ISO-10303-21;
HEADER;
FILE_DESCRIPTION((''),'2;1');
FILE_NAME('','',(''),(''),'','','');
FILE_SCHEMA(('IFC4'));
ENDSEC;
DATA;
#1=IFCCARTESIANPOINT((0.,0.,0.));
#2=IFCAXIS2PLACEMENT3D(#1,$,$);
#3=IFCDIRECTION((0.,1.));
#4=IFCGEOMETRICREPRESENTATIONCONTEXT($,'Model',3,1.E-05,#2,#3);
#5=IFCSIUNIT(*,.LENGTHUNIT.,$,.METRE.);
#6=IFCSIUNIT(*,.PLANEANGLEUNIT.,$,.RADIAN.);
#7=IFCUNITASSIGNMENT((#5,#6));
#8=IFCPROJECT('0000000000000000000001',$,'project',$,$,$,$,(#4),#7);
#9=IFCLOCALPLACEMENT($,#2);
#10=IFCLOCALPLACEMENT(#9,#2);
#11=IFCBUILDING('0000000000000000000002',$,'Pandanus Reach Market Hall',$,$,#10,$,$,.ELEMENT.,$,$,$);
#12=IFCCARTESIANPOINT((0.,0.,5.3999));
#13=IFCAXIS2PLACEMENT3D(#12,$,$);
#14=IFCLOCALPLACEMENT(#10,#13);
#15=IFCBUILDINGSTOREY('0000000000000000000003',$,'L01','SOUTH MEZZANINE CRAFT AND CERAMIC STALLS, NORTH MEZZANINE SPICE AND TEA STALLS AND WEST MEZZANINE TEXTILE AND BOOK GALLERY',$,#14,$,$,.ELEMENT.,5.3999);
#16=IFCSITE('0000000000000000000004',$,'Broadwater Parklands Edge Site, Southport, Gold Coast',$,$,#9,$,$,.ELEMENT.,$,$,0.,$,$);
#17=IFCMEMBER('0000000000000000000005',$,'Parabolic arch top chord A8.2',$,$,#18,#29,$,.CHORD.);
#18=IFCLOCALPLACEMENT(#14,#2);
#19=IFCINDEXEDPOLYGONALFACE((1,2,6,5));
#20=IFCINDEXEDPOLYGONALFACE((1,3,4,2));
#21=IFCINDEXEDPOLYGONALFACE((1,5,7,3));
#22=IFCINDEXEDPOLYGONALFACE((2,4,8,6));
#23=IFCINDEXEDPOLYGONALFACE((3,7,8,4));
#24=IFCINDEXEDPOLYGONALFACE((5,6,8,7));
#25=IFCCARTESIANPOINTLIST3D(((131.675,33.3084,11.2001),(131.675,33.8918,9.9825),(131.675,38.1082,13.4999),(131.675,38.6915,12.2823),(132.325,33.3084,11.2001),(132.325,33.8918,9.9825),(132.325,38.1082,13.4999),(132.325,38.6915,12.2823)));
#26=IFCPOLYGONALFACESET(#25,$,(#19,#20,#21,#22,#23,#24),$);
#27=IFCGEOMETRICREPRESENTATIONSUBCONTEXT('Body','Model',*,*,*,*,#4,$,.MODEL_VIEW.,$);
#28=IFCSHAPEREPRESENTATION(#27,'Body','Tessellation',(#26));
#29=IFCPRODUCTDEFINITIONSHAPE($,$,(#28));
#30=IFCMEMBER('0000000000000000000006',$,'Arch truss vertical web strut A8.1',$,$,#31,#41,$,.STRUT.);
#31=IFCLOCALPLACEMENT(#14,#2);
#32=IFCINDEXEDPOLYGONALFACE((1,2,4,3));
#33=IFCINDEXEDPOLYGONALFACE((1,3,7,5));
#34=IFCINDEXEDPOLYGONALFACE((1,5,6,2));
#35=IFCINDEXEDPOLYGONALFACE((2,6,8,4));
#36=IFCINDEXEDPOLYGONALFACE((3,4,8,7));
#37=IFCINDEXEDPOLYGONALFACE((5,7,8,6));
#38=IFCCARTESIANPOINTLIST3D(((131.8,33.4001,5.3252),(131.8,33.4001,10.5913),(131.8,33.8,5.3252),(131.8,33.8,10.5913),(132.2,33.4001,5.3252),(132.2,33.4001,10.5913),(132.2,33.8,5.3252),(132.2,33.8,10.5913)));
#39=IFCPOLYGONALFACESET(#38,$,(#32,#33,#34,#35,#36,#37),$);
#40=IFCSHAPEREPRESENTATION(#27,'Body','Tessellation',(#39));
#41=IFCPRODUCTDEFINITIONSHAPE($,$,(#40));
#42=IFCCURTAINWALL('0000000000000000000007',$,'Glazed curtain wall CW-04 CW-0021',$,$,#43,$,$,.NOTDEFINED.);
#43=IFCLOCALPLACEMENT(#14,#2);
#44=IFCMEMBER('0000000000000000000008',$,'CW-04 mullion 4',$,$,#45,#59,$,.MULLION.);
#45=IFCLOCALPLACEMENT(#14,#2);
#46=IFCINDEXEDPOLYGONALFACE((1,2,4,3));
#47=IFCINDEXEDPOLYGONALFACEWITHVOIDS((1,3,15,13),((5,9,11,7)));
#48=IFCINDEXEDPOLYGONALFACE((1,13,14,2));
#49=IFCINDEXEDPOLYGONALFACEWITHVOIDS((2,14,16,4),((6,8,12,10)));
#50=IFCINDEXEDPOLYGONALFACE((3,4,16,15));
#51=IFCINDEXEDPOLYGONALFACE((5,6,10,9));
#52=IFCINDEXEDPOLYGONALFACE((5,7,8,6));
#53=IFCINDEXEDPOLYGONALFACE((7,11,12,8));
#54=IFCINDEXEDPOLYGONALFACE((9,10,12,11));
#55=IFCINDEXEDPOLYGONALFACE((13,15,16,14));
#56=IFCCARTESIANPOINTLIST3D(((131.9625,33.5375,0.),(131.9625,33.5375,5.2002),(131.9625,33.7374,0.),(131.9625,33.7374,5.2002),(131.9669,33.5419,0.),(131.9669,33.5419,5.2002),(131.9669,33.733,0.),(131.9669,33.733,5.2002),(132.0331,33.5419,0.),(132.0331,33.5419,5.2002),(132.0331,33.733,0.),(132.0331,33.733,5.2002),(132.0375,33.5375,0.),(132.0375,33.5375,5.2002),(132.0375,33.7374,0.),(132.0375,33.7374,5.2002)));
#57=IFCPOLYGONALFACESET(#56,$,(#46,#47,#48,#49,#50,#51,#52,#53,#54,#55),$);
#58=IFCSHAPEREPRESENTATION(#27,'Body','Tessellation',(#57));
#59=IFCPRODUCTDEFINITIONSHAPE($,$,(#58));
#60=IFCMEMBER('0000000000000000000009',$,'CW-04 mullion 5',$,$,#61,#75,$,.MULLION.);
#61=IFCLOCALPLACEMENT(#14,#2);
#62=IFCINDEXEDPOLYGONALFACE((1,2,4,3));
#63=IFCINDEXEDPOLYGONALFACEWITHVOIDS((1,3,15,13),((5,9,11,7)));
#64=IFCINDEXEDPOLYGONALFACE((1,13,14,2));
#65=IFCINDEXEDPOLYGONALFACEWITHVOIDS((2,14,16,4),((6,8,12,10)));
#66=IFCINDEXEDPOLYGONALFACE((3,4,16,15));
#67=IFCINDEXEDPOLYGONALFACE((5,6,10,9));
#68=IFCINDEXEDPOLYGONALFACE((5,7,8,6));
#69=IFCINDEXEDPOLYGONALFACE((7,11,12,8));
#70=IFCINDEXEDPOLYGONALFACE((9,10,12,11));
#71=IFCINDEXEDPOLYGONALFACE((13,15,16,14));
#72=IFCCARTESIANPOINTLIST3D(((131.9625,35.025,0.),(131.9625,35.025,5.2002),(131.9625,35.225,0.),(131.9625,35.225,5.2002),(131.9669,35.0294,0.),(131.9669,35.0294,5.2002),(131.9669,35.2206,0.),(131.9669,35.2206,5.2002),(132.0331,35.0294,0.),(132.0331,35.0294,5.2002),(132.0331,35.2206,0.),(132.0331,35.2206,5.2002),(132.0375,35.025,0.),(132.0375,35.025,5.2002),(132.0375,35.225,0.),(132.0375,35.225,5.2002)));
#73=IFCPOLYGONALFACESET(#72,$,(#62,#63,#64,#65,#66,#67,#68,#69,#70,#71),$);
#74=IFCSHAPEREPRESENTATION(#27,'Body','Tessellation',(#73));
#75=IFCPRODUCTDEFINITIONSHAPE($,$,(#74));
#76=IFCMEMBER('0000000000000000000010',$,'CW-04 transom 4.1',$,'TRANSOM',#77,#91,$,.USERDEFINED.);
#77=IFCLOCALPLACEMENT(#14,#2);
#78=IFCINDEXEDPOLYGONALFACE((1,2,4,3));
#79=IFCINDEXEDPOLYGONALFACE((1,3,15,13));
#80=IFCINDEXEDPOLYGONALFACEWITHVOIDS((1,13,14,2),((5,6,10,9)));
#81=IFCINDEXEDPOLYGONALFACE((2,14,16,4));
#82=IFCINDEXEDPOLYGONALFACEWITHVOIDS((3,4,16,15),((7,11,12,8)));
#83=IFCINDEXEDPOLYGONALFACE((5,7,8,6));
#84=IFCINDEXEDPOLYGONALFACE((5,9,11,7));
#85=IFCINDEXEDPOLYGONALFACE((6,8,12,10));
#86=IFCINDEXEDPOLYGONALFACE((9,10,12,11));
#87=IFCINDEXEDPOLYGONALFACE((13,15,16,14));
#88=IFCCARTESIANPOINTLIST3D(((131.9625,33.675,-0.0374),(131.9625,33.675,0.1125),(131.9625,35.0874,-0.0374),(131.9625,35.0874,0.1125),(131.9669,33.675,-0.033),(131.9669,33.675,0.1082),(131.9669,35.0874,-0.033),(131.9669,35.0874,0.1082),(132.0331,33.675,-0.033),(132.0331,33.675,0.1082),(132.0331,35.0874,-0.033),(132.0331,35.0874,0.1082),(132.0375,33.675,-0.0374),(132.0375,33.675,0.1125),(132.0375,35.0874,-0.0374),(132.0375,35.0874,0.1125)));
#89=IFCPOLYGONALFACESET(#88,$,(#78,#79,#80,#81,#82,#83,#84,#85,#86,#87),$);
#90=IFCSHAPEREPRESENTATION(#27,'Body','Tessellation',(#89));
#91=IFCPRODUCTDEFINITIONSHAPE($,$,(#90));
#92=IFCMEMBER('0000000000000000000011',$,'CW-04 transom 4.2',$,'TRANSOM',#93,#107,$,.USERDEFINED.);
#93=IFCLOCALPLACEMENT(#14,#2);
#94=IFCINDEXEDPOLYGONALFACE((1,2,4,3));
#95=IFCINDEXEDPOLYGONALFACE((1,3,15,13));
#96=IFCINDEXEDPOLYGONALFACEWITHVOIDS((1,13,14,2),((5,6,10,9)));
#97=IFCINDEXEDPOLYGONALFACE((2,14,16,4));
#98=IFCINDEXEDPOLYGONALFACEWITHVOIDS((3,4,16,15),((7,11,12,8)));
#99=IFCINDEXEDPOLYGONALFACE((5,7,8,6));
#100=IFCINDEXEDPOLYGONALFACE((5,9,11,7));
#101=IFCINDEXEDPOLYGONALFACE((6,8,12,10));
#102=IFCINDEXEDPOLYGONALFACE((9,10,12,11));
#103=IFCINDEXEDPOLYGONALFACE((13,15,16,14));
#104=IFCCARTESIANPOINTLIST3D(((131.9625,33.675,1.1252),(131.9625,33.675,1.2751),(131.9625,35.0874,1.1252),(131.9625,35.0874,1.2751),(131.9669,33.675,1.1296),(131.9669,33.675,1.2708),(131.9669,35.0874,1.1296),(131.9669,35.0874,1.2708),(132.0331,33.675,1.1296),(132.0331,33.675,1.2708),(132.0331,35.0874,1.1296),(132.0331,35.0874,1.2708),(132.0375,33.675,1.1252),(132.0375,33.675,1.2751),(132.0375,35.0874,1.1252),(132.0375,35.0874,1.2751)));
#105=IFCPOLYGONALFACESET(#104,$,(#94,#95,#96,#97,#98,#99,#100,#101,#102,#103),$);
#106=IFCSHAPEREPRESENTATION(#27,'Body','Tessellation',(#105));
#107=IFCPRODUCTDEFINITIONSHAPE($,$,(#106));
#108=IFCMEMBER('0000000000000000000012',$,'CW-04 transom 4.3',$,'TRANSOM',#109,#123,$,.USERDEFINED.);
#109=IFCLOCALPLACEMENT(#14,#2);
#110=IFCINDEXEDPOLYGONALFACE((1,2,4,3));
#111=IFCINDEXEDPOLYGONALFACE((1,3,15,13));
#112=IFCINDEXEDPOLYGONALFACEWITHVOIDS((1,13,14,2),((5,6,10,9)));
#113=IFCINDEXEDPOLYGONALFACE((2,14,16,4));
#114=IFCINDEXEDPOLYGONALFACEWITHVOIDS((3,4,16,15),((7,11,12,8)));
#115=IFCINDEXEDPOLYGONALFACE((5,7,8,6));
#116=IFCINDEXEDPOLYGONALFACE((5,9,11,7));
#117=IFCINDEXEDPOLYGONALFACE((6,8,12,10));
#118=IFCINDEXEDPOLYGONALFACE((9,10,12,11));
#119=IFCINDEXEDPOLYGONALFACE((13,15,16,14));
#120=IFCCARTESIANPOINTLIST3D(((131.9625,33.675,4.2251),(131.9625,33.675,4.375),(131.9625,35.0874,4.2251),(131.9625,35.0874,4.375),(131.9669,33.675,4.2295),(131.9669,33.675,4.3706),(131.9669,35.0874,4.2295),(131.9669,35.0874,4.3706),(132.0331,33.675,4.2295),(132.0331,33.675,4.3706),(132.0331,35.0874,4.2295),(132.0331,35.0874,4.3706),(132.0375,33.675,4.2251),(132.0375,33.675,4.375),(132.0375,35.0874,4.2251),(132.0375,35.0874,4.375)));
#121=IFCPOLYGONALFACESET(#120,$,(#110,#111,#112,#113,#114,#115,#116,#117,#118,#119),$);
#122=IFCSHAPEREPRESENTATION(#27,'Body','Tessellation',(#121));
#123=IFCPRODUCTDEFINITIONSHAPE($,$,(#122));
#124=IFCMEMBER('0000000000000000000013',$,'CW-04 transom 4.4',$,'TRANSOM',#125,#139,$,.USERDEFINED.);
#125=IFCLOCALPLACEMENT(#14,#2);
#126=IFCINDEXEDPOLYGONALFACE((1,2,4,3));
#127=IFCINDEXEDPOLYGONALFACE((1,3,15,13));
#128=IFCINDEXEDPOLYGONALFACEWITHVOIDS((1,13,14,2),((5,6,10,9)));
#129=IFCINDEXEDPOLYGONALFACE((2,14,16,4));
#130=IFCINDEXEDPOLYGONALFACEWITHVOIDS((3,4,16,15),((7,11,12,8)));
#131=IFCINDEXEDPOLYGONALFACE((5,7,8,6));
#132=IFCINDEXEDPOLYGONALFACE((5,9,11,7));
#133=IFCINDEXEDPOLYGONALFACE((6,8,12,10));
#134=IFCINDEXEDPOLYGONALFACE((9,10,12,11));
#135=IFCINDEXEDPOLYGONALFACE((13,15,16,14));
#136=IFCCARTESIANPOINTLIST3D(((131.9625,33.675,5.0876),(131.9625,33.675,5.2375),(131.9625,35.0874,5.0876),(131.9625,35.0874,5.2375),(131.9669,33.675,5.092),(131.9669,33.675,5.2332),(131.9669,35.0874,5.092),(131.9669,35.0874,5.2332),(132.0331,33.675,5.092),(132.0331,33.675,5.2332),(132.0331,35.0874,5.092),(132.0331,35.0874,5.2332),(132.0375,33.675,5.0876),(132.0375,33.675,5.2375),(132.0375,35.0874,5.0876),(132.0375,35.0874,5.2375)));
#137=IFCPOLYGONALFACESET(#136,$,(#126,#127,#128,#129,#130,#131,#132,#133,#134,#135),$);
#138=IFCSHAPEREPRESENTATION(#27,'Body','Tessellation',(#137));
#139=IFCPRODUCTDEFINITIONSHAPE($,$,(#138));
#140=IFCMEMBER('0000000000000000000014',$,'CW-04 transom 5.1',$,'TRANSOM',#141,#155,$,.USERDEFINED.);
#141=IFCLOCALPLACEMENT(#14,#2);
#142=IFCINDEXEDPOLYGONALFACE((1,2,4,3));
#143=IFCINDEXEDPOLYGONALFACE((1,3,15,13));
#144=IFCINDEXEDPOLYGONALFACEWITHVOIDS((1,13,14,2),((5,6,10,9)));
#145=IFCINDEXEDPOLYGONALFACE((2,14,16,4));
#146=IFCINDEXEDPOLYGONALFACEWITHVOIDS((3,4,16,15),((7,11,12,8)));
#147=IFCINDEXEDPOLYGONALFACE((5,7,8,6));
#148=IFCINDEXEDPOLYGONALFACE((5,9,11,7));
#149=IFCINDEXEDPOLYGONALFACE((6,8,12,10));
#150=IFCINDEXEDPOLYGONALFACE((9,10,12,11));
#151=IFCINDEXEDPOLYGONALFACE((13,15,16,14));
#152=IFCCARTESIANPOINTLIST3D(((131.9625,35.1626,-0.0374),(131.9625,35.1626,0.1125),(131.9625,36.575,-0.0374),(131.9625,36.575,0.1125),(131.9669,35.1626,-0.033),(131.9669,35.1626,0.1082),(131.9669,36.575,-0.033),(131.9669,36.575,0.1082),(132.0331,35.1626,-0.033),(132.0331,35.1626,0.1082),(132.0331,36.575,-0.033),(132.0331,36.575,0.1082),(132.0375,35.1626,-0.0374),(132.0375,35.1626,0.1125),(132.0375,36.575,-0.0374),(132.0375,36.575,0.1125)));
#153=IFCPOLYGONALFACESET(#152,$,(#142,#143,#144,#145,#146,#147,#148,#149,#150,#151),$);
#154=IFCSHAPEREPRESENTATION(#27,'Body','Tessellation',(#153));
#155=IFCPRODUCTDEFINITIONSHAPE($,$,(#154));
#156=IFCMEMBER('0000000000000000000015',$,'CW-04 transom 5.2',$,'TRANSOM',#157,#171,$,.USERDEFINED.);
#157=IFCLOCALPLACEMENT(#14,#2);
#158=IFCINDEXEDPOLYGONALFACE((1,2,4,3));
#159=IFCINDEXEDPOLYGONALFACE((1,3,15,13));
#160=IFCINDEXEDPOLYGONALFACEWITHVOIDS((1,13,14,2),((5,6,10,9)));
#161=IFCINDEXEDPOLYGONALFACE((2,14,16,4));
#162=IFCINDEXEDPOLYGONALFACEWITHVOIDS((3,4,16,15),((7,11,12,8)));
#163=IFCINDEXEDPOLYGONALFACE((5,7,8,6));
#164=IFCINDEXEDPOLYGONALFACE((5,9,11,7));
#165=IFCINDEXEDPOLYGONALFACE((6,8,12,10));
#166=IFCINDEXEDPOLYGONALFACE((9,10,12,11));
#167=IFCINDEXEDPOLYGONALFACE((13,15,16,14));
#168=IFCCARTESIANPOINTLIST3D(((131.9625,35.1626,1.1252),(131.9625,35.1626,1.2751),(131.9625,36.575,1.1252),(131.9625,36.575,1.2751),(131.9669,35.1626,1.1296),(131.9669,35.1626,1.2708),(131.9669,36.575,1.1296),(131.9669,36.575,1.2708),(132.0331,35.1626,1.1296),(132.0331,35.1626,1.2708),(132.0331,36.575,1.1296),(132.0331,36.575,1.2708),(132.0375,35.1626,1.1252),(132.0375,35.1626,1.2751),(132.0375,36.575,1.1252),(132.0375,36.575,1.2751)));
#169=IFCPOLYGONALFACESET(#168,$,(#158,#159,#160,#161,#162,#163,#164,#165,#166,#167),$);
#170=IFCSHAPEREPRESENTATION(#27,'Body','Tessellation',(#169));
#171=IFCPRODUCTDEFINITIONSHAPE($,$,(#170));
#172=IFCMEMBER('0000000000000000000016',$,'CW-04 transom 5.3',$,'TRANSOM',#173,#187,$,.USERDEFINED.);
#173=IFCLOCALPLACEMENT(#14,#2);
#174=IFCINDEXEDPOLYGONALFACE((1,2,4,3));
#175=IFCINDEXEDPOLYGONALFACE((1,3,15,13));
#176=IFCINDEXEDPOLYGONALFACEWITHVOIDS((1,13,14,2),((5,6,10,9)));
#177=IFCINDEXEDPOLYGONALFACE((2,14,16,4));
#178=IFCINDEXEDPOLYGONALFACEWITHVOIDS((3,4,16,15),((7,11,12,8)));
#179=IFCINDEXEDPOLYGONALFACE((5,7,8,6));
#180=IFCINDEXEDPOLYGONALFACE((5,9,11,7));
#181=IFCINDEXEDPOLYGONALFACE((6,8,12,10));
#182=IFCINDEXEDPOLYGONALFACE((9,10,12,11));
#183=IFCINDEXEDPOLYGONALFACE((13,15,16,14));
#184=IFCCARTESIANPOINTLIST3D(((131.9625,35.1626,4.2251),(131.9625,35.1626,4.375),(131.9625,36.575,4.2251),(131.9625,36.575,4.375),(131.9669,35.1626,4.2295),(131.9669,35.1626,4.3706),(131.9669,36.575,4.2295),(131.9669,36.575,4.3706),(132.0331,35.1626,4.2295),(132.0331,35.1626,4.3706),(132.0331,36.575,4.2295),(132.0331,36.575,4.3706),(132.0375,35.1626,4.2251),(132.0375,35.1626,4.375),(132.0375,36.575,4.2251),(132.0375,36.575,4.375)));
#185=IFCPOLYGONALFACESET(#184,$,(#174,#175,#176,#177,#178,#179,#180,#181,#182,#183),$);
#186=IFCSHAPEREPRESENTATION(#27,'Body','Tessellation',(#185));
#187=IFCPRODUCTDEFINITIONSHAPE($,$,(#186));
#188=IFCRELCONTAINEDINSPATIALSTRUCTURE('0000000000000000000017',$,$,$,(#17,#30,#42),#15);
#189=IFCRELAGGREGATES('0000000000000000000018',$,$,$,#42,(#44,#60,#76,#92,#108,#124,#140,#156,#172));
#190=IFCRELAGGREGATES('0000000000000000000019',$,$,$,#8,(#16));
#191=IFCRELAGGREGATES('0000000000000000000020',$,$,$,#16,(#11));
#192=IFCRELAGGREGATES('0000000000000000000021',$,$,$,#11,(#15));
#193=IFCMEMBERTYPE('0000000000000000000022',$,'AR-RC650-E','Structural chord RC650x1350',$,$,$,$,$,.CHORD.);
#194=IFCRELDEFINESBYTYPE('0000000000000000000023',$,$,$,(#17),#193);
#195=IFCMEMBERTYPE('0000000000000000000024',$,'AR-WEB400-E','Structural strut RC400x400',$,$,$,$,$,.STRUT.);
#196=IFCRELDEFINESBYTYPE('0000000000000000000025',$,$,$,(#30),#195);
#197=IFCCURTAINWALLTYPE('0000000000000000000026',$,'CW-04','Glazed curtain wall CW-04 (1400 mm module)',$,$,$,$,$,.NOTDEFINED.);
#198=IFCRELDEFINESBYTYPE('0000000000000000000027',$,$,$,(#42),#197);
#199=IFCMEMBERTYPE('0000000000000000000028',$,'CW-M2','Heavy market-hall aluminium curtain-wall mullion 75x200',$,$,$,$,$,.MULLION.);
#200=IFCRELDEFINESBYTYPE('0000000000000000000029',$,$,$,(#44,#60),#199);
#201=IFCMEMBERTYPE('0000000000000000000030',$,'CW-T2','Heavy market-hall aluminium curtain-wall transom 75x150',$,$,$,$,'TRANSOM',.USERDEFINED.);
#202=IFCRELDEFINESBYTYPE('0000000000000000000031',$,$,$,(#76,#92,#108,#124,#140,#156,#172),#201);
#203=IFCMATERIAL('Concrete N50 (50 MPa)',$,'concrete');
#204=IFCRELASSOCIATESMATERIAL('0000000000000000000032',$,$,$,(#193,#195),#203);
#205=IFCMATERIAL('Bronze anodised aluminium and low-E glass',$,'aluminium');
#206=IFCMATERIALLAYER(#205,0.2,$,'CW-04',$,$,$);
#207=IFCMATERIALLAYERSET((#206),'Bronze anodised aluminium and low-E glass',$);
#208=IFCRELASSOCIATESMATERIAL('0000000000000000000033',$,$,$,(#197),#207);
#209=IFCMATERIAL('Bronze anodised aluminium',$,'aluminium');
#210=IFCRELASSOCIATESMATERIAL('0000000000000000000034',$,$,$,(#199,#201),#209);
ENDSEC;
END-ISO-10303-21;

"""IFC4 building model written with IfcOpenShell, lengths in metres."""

from ifc_helpers import new_model, si_unit, direction, frame, origin, origin_2d, place, context, subcontext, project, spatial, rectangle, hollow_rectangle, extrude, material, layer, layer_set, material_profile, profile_set, type_object, element, aggregate, save


model = new_model("IFC4")

# Units and contexts
model_context = context("Model", 3, precision=1e-05, world=origin(), true_north=direction((0.0, 1.0)))
body_context = subcontext(model_context, "Body", "Model", "MODEL_VIEW")
ifc_project = project(units=[si_unit("LENGTHUNIT", "METRE"), si_unit("PLANEANGLEUNIT", "RADIAN")], contexts=[model_context])

# Site, building, storey
site_placement = place(None, origin())
site = spatial("IfcSite", under=ifc_project, at=site_placement, Name="Broadwater Parklands Edge Site, Southport, Gold Coast", CompositionType="ELEMENT", RefElevation=0.0)
building_placement = place(site_placement, origin())
building = spatial("IfcBuilding", under=site, at=building_placement, Name="Pandanus Reach Market Hall", CompositionType="ELEMENT")
storey_placement = place(building_placement, frame((0.0, 0.0, 5.3999)))
storey = spatial("IfcBuildingStorey", under=building, at=storey_placement, Name="L01", Description="SOUTH MEZZANINE CRAFT AND CERAMIC STALLS, NORTH MEZZANINE SPICE AND TEA STALLS AND WEST MEZZANINE TEXTILE AND BOOK GALLERY", CompositionType="ELEMENT", Elevation=5.3999)

# Members
ifc_material_1 = material(Name="Concrete N50 (50 MPa)", Category="concrete")
ifc_material_profile_1 = material_profile(ifc_material_1, rectangle(XDim=0.6499, YDim=1.3501, at=origin_2d()), Name="RC650x1350", Category="LoadBearing")
ifc_profile_set_1 = profile_set([ifc_material_profile_1], Name="Concrete N50 (50 MPa)")
member_type_1 = type_object("IfcMemberType", Name="AR-RC650-E", Description="Structural chord RC650x1350", PredefinedType="CHORD", material=ifc_profile_set_1)
member_1_placement = place(storey_placement, frame((132.0, 33.6001, 10.5913), z_axis=(0.0, 0.901823, 0.432105), x_axis=(-1.0, 0.0, 0.0)))
element("IfcMember", 1, at=member_1_placement, inside=storey, type_object=member_type_1, Name="Parabolic arch top chord A8.2", PredefinedType="CHORD", context=body_context, shape_type="SweptSolid", body=[
    extrude(rectangle(XDim=0.6499, YDim=1.3501, at=origin_2d()), origin(), (0.0, 0.0, 1.0), 5.3223),
])
ifc_material_profile_2 = material_profile(ifc_material_1, rectangle(XDim=0.3999, YDim=0.3999, at=origin_2d()), Name="RC400x400", Category="LoadBearing")
ifc_profile_set_2 = profile_set([ifc_material_profile_2], Name="Concrete N50 (50 MPa)")
member_type_2 = type_object("IfcMemberType", Name="AR-WEB400-E", Description="Structural strut RC400x400", PredefinedType="STRUT", material=ifc_profile_set_2)
member_2_placement = place(storey_placement, frame((132.0, 33.6001, 5.3252), z_axis=(0.0, 0.0, 1.0), x_axis=(1.0, 0.0, 0.0)))
element("IfcMember", 2, at=member_2_placement, inside=storey, type_object=member_type_2, Name="Arch truss vertical web strut A8.1", PredefinedType="STRUT", context=body_context, shape_type="SweptSolid", body=[
    extrude(rectangle(XDim=0.3999, YDim=0.3999, at=origin_2d()), origin(), (0.0, 0.0, 1.0), 5.2661),
])

# Curtain wall, members
ifc_material_2 = material(Name="Bronze anodised aluminium and low-E glass", Category="aluminium")
ifc_layer_1 = layer(ifc_material_2, 0.2, Name="CW-04")
ifc_layer_set_1 = layer_set([ifc_layer_1], Name="Bronze anodised aluminium and low-E glass")
curtain_wall_type = type_object("IfcCurtainWallType", Name="CW-04", Description="Glazed curtain wall CW-04 (1400 mm module)", PredefinedType="NOTDEFINED", material=ifc_layer_set_1)
curtain_wall_placement = place(storey_placement, origin())
curtain_wall = element("IfcCurtainWall", 3, at=curtain_wall_placement, inside=storey, type_object=curtain_wall_type, Name="Glazed curtain wall CW-04 CW-0021", PredefinedType="NOTDEFINED")
ifc_material_3 = material(Name="Bronze anodised aluminium", Category="aluminium")
ifc_material_profile_3 = material_profile(ifc_material_3, hollow_rectangle(XDim=0.075, YDim=0.2, WallThickness=0.0044, at=origin_2d()), Name="ALU75x200", Category="LoadBearing")
ifc_profile_set_3 = profile_set([ifc_material_profile_3], Name="Bronze anodised aluminium")
member_type_3 = type_object("IfcMemberType", Name="CW-M2", Description="Heavy market-hall aluminium curtain-wall mullion 75x200", PredefinedType="MULLION", material=ifc_profile_set_3)
member_3_placement = place(storey_placement, frame((132.0, 33.6375, 0.0), z_axis=(0.0, 0.0, 1.0), x_axis=(-1.0, 0.0, 0.0)))
member_3 = element("IfcMember", 4, at=member_3_placement, type_object=member_type_3, Name="CW-04 mullion 4", PredefinedType="MULLION", context=body_context, shape_type="SweptSolid", body=[
    extrude(hollow_rectangle(XDim=0.075, YDim=0.2, WallThickness=0.0044, at=origin_2d()), origin(), (0.0, 0.0, 1.0), 5.2002),
])
member_4_placement = place(storey_placement, frame((132.0, 35.125, 0.0), z_axis=(0.0, 0.0, 1.0), x_axis=(-1.0, 0.0, 0.0)))
member_4 = element("IfcMember", 5, at=member_4_placement, type_object=member_type_3, Name="CW-04 mullion 5", PredefinedType="MULLION", context=body_context, shape_type="SweptSolid", body=[
    extrude(hollow_rectangle(XDim=0.075, YDim=0.2, WallThickness=0.0044, at=origin_2d()), origin(), (0.0, 0.0, 1.0), 5.2002),
])
ifc_material_profile_4 = material_profile(ifc_material_3, hollow_rectangle(XDim=0.075, YDim=0.1499, WallThickness=0.0044, at=origin_2d()), Name="ALU75x150", Category="LoadBearing")
ifc_profile_set_4 = profile_set([ifc_material_profile_4], Name="Bronze anodised aluminium")
member_type_4 = type_object("IfcMemberType", Name="CW-T2", Description="Heavy market-hall aluminium curtain-wall transom 75x150", ElementType="TRANSOM", PredefinedType="USERDEFINED", material=ifc_profile_set_4)
member_5_placement = place(storey_placement, frame((132.0, 33.675, 0.0376), z_axis=(0.0, 1.0, 0.0), x_axis=(-1.0, 0.0, 0.0)))
member_5 = element("IfcMember", 6, at=member_5_placement, type_object=member_type_4, Name="CW-04 transom 4.1", ObjectType="TRANSOM", PredefinedType="USERDEFINED", context=body_context, shape_type="SweptSolid", body=[
    extrude(hollow_rectangle(XDim=0.075, YDim=0.1499, WallThickness=0.0044, at=origin_2d()), origin(), (0.0, 0.0, 1.0), 1.4124),
])
member_6_placement = place(storey_placement, frame((132.0, 33.675, 1.2002), z_axis=(0.0, 1.0, 0.0), x_axis=(-1.0, 0.0, 0.0)))
member_6 = element("IfcMember", 7, at=member_6_placement, type_object=member_type_4, Name="CW-04 transom 4.2", ObjectType="TRANSOM", PredefinedType="USERDEFINED", context=body_context, shape_type="SweptSolid", body=[
    extrude(hollow_rectangle(XDim=0.075, YDim=0.1499, WallThickness=0.0044, at=origin_2d()), origin(), (0.0, 0.0, 1.0), 1.4124),
])
member_7_placement = place(storey_placement, frame((132.0, 33.675, 4.3), z_axis=(0.0, 1.0, 0.0), x_axis=(-1.0, 0.0, 0.0)))
member_7 = element("IfcMember", 8, at=member_7_placement, type_object=member_type_4, Name="CW-04 transom 4.3", ObjectType="TRANSOM", PredefinedType="USERDEFINED", context=body_context, shape_type="SweptSolid", body=[
    extrude(hollow_rectangle(XDim=0.075, YDim=0.1499, WallThickness=0.0044, at=origin_2d()), origin(), (0.0, 0.0, 1.0), 1.4124),
])
member_8_placement = place(storey_placement, frame((132.0, 33.675, 5.1626), z_axis=(0.0, 1.0, 0.0), x_axis=(-1.0, 0.0, 0.0)))
member_8 = element("IfcMember", 9, at=member_8_placement, type_object=member_type_4, Name="CW-04 transom 4.4", ObjectType="TRANSOM", PredefinedType="USERDEFINED", context=body_context, shape_type="SweptSolid", body=[
    extrude(hollow_rectangle(XDim=0.075, YDim=0.1499, WallThickness=0.0044, at=origin_2d()), origin(), (0.0, 0.0, 1.0), 1.4124),
])
member_9_placement = place(storey_placement, frame((132.0, 35.1626, 0.0376), z_axis=(0.0, 1.0, 0.0), x_axis=(-1.0, 0.0, 0.0)))
member_9 = element("IfcMember", 10, at=member_9_placement, type_object=member_type_4, Name="CW-04 transom 5.1", ObjectType="TRANSOM", PredefinedType="USERDEFINED", context=body_context, shape_type="SweptSolid", body=[
    extrude(hollow_rectangle(XDim=0.075, YDim=0.1499, WallThickness=0.0044, at=origin_2d()), origin(), (0.0, 0.0, 1.0), 1.4124),
])
member_10_placement = place(storey_placement, frame((132.0, 35.1626, 1.2002), z_axis=(0.0, 1.0, 0.0), x_axis=(-1.0, 0.0, 0.0)))
member_10 = element("IfcMember", 11, at=member_10_placement, type_object=member_type_4, Name="CW-04 transom 5.2", ObjectType="TRANSOM", PredefinedType="USERDEFINED", context=body_context, shape_type="SweptSolid", body=[
    extrude(hollow_rectangle(XDim=0.075, YDim=0.1499, WallThickness=0.0044, at=origin_2d()), origin(), (0.0, 0.0, 1.0), 1.4124),
])
member_11_placement = place(storey_placement, frame((132.0, 35.1626, 4.3), z_axis=(0.0, 1.0, 0.0), x_axis=(-1.0, 0.0, 0.0)))
member_11 = element("IfcMember", 12, at=member_11_placement, type_object=member_type_4, Name="CW-04 transom 5.3", ObjectType="TRANSOM", PredefinedType="USERDEFINED", context=body_context, shape_type="SweptSolid", body=[
    extrude(hollow_rectangle(XDim=0.075, YDim=0.1499, WallThickness=0.0044, at=origin_2d()), origin(), (0.0, 0.0, 1.0), 1.4124),
])
aggregate(curtain_wall, [member_3, member_4, member_5, member_6, member_7, member_8, member_9, member_10, member_11])

save(model, "model.ifc")
